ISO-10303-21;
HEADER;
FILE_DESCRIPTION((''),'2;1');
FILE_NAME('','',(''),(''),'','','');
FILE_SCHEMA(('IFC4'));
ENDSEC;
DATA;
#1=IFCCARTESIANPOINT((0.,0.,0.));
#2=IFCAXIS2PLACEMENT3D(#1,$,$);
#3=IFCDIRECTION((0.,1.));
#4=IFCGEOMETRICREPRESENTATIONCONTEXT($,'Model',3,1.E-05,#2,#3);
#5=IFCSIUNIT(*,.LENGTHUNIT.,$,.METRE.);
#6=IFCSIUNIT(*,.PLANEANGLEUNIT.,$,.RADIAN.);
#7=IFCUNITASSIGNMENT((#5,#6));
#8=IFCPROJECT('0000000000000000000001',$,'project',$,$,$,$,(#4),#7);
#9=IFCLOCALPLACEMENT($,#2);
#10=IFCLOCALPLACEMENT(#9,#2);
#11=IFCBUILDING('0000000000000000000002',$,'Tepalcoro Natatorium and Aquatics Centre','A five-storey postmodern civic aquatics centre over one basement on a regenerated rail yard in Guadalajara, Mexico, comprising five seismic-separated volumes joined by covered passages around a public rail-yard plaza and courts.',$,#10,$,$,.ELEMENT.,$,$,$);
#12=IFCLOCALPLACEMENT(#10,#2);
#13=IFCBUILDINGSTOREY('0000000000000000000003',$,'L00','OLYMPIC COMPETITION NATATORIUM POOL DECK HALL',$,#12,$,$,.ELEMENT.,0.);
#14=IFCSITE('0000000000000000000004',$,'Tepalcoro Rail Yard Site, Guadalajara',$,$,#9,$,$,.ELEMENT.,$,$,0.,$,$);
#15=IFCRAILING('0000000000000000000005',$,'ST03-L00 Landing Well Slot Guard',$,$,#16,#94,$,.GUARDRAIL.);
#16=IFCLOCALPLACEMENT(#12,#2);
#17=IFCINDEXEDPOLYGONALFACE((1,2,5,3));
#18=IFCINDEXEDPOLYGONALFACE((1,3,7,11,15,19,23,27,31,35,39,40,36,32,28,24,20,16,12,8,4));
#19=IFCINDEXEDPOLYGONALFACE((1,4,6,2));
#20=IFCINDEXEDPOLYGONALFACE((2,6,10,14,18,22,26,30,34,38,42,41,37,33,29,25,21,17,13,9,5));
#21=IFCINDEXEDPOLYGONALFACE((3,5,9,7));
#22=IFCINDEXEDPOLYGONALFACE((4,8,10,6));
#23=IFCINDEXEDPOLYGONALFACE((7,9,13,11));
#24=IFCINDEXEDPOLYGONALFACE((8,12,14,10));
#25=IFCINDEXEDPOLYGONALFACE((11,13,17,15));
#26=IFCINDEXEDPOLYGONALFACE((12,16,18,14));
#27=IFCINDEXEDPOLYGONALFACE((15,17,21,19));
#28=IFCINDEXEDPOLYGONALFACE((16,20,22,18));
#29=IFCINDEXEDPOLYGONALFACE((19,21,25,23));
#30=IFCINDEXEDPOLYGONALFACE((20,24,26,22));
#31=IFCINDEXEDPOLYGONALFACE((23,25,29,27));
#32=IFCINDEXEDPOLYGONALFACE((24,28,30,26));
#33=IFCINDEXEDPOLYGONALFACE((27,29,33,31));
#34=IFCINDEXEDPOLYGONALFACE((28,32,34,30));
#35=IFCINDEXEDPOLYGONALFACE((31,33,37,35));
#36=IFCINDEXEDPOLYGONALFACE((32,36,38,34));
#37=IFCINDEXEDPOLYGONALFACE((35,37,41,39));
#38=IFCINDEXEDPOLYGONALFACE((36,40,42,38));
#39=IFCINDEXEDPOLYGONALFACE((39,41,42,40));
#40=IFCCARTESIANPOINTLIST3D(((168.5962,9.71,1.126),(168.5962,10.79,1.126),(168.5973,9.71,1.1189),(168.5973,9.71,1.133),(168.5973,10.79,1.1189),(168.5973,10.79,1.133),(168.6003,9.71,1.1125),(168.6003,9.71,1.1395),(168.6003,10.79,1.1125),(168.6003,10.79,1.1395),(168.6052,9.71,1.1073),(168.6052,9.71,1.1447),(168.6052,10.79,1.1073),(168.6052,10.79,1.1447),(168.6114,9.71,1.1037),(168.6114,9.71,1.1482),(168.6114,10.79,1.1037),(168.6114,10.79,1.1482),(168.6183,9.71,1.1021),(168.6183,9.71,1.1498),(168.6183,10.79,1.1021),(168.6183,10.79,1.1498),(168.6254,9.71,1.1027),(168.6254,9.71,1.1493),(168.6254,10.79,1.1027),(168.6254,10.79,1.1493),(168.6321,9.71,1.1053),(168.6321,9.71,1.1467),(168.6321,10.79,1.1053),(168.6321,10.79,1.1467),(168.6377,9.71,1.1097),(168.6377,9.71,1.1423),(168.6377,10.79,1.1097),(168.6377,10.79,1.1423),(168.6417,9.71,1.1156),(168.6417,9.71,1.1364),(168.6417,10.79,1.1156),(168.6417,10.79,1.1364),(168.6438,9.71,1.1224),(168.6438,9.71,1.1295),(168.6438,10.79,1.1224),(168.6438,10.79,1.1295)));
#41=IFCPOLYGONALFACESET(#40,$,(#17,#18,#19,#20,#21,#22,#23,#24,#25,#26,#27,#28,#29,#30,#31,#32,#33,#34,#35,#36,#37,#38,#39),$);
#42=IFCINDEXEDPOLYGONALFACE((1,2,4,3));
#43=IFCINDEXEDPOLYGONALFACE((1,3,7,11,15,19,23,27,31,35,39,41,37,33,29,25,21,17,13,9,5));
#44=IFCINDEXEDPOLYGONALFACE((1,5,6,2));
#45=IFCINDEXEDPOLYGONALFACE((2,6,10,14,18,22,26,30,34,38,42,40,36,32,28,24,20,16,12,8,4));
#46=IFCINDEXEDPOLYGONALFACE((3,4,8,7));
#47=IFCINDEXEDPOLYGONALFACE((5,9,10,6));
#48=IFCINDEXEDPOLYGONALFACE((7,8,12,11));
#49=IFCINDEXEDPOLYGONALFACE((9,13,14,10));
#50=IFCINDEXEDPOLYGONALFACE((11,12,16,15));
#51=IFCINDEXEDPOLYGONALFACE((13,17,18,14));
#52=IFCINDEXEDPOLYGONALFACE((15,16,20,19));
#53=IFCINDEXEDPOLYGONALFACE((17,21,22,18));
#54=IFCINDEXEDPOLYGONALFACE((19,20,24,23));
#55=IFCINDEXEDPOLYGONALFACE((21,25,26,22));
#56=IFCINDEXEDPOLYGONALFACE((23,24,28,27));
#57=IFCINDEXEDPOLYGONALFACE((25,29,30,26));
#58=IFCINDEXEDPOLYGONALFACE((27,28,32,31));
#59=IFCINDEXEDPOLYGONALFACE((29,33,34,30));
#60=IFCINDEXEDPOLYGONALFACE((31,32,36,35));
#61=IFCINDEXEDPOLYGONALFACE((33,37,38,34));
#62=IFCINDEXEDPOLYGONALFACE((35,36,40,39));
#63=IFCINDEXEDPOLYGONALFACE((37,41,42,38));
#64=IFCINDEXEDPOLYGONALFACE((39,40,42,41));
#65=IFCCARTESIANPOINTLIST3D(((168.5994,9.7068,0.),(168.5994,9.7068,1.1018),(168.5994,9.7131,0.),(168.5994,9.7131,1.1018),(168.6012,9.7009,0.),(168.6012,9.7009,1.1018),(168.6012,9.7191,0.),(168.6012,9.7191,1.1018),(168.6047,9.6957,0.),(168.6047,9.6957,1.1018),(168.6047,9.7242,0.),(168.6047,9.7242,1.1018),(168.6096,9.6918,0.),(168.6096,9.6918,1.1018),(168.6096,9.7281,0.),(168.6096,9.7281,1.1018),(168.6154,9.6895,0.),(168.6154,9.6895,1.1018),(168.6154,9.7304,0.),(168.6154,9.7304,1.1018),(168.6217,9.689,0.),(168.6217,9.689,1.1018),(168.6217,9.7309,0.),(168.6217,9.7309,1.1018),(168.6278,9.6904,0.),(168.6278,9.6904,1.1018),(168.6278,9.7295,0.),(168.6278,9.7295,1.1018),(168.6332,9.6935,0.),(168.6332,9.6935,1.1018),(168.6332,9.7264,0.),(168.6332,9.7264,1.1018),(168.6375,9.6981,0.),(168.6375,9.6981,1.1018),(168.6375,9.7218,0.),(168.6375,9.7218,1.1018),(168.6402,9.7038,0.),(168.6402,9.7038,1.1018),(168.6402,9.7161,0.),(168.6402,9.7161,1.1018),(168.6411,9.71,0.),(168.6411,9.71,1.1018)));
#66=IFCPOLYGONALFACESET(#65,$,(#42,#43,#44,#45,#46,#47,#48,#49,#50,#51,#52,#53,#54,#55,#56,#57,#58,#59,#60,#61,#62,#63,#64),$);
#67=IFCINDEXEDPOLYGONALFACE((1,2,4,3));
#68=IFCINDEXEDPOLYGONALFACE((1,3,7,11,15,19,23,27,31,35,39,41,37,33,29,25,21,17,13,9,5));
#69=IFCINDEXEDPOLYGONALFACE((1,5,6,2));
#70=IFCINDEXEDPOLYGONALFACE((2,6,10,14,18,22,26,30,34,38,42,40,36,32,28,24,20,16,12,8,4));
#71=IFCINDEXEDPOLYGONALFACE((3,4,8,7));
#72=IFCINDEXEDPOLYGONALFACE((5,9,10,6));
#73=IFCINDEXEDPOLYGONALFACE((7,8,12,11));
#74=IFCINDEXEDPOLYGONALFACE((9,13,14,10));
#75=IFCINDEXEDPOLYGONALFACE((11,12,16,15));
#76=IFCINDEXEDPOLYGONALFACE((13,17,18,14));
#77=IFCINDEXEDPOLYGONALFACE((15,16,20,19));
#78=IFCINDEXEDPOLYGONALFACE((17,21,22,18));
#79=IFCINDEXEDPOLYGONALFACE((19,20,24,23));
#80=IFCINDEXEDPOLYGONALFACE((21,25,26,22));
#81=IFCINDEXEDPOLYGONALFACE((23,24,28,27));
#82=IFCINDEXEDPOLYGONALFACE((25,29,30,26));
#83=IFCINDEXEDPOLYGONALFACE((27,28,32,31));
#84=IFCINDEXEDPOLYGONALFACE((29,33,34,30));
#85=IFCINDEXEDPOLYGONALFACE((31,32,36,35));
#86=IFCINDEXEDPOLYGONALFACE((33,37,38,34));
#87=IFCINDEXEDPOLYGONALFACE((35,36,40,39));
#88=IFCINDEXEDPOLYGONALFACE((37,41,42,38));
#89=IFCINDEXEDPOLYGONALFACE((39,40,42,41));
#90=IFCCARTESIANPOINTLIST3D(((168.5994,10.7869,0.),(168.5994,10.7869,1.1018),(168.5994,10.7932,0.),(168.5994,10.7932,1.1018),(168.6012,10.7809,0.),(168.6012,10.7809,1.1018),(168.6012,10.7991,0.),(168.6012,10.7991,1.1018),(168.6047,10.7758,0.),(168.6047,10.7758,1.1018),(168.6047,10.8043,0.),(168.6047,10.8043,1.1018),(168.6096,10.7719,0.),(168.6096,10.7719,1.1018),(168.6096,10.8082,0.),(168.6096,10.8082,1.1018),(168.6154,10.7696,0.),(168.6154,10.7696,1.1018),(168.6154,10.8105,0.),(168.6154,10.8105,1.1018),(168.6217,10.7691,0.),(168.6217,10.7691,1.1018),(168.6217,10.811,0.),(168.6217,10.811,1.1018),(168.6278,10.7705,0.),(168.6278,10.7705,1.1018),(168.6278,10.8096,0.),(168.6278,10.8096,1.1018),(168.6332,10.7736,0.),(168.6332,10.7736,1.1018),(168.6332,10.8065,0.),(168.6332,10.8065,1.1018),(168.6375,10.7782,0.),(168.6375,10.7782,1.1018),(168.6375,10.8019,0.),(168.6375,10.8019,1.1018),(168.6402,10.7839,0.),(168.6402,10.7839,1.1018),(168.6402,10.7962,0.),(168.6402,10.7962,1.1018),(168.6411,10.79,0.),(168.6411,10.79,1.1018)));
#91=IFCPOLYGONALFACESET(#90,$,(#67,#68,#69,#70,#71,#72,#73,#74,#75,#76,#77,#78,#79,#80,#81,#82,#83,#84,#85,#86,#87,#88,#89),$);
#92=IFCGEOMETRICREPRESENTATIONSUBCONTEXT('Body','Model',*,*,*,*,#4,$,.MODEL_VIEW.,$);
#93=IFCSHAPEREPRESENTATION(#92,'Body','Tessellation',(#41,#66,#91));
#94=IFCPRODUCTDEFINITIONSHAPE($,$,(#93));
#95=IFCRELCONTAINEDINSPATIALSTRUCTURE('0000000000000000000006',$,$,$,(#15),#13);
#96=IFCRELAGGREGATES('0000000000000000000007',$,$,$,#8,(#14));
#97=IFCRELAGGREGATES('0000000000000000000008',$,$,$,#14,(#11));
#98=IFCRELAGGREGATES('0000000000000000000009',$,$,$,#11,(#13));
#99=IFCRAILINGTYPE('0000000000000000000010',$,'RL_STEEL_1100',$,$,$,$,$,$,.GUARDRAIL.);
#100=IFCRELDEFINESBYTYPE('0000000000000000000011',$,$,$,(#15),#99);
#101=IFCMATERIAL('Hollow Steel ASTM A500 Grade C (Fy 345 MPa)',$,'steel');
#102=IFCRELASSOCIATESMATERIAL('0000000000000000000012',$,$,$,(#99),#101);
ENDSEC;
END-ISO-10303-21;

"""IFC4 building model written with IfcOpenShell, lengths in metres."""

from ifc_helpers import new_model, si_unit, direction, frame, origin, origin_2d, place, context, subcontext, project, spatial, circle, extrude, material, type_object, element, save


model = new_model("IFC4")

# Units and contexts
model_context = context("Model", 3, precision=1e-05, world=origin(), true_north=direction((0.0, 1.0)))
body_context = subcontext(model_context, "Body", "Model", "MODEL_VIEW")
ifc_project = project(units=[si_unit("LENGTHUNIT", "METRE"), si_unit("PLANEANGLEUNIT", "RADIAN")], contexts=[model_context])

# Site, building, storey
site_placement = place(None, origin())
site = spatial("IfcSite", under=ifc_project, at=site_placement, Name="Tepalcoro Rail Yard Site, Guadalajara", CompositionType="ELEMENT", RefElevation=0.0)
building_placement = place(site_placement, origin())
building = spatial("IfcBuilding", under=site, at=building_placement, Name="Tepalcoro Natatorium and Aquatics Centre", Description="A five-storey postmodern civic aquatics centre over one basement on a regenerated rail yard in Guadalajara, Mexico, comprising five seismic-separated volumes joined by covered passages around a public rail-yard plaza and courts.", CompositionType="ELEMENT")
storey_placement = place(building_placement, origin())
storey = spatial("IfcBuildingStorey", under=building, at=storey_placement, Name="L00", Description="OLYMPIC COMPETITION NATATORIUM POOL DECK HALL", CompositionType="ELEMENT", Elevation=0.0)

# Shared definitions
ifc_material_1 = material(Name="Hollow Steel ASTM A500 Grade C (Fy 345 MPa)", Category="steel")

# Railing
railing_type_1 = type_object("IfcRailingType", Name="RL_STEEL_1100", PredefinedType="GUARDRAIL", material=ifc_material_1)
railing_1_placement = place(storey_placement, frame((168.6201, 9.71, 0.0)))
element("IfcRailing", 1, at=railing_1_placement, inside=storey, type_object=railing_type_1, Name="ST03-L00 Landing Well Slot Guard", PredefinedType="GUARDRAIL", context=body_context, shape_type="SweptSolid", body=[
    extrude(circle(Radius=0.0239, at=origin_2d()), frame((0.0, 0.0, 1.126), z_axis=(0.0, 1.0, 0.0), x_axis=(-1.0, 0.0, 0.0)), (0.0, 0.0, 1.0), 1.0801),
    extrude(circle(Radius=0.021, at=origin_2d()), origin(), (0.0, 0.0, 1.0), 1.1018),
    extrude(circle(Radius=0.021, at=origin_2d()), frame((0.0, 1.0801, 0.0)), (0.0, 0.0, 1.0), 1.1018),
])

save(model, "model.ifc")
